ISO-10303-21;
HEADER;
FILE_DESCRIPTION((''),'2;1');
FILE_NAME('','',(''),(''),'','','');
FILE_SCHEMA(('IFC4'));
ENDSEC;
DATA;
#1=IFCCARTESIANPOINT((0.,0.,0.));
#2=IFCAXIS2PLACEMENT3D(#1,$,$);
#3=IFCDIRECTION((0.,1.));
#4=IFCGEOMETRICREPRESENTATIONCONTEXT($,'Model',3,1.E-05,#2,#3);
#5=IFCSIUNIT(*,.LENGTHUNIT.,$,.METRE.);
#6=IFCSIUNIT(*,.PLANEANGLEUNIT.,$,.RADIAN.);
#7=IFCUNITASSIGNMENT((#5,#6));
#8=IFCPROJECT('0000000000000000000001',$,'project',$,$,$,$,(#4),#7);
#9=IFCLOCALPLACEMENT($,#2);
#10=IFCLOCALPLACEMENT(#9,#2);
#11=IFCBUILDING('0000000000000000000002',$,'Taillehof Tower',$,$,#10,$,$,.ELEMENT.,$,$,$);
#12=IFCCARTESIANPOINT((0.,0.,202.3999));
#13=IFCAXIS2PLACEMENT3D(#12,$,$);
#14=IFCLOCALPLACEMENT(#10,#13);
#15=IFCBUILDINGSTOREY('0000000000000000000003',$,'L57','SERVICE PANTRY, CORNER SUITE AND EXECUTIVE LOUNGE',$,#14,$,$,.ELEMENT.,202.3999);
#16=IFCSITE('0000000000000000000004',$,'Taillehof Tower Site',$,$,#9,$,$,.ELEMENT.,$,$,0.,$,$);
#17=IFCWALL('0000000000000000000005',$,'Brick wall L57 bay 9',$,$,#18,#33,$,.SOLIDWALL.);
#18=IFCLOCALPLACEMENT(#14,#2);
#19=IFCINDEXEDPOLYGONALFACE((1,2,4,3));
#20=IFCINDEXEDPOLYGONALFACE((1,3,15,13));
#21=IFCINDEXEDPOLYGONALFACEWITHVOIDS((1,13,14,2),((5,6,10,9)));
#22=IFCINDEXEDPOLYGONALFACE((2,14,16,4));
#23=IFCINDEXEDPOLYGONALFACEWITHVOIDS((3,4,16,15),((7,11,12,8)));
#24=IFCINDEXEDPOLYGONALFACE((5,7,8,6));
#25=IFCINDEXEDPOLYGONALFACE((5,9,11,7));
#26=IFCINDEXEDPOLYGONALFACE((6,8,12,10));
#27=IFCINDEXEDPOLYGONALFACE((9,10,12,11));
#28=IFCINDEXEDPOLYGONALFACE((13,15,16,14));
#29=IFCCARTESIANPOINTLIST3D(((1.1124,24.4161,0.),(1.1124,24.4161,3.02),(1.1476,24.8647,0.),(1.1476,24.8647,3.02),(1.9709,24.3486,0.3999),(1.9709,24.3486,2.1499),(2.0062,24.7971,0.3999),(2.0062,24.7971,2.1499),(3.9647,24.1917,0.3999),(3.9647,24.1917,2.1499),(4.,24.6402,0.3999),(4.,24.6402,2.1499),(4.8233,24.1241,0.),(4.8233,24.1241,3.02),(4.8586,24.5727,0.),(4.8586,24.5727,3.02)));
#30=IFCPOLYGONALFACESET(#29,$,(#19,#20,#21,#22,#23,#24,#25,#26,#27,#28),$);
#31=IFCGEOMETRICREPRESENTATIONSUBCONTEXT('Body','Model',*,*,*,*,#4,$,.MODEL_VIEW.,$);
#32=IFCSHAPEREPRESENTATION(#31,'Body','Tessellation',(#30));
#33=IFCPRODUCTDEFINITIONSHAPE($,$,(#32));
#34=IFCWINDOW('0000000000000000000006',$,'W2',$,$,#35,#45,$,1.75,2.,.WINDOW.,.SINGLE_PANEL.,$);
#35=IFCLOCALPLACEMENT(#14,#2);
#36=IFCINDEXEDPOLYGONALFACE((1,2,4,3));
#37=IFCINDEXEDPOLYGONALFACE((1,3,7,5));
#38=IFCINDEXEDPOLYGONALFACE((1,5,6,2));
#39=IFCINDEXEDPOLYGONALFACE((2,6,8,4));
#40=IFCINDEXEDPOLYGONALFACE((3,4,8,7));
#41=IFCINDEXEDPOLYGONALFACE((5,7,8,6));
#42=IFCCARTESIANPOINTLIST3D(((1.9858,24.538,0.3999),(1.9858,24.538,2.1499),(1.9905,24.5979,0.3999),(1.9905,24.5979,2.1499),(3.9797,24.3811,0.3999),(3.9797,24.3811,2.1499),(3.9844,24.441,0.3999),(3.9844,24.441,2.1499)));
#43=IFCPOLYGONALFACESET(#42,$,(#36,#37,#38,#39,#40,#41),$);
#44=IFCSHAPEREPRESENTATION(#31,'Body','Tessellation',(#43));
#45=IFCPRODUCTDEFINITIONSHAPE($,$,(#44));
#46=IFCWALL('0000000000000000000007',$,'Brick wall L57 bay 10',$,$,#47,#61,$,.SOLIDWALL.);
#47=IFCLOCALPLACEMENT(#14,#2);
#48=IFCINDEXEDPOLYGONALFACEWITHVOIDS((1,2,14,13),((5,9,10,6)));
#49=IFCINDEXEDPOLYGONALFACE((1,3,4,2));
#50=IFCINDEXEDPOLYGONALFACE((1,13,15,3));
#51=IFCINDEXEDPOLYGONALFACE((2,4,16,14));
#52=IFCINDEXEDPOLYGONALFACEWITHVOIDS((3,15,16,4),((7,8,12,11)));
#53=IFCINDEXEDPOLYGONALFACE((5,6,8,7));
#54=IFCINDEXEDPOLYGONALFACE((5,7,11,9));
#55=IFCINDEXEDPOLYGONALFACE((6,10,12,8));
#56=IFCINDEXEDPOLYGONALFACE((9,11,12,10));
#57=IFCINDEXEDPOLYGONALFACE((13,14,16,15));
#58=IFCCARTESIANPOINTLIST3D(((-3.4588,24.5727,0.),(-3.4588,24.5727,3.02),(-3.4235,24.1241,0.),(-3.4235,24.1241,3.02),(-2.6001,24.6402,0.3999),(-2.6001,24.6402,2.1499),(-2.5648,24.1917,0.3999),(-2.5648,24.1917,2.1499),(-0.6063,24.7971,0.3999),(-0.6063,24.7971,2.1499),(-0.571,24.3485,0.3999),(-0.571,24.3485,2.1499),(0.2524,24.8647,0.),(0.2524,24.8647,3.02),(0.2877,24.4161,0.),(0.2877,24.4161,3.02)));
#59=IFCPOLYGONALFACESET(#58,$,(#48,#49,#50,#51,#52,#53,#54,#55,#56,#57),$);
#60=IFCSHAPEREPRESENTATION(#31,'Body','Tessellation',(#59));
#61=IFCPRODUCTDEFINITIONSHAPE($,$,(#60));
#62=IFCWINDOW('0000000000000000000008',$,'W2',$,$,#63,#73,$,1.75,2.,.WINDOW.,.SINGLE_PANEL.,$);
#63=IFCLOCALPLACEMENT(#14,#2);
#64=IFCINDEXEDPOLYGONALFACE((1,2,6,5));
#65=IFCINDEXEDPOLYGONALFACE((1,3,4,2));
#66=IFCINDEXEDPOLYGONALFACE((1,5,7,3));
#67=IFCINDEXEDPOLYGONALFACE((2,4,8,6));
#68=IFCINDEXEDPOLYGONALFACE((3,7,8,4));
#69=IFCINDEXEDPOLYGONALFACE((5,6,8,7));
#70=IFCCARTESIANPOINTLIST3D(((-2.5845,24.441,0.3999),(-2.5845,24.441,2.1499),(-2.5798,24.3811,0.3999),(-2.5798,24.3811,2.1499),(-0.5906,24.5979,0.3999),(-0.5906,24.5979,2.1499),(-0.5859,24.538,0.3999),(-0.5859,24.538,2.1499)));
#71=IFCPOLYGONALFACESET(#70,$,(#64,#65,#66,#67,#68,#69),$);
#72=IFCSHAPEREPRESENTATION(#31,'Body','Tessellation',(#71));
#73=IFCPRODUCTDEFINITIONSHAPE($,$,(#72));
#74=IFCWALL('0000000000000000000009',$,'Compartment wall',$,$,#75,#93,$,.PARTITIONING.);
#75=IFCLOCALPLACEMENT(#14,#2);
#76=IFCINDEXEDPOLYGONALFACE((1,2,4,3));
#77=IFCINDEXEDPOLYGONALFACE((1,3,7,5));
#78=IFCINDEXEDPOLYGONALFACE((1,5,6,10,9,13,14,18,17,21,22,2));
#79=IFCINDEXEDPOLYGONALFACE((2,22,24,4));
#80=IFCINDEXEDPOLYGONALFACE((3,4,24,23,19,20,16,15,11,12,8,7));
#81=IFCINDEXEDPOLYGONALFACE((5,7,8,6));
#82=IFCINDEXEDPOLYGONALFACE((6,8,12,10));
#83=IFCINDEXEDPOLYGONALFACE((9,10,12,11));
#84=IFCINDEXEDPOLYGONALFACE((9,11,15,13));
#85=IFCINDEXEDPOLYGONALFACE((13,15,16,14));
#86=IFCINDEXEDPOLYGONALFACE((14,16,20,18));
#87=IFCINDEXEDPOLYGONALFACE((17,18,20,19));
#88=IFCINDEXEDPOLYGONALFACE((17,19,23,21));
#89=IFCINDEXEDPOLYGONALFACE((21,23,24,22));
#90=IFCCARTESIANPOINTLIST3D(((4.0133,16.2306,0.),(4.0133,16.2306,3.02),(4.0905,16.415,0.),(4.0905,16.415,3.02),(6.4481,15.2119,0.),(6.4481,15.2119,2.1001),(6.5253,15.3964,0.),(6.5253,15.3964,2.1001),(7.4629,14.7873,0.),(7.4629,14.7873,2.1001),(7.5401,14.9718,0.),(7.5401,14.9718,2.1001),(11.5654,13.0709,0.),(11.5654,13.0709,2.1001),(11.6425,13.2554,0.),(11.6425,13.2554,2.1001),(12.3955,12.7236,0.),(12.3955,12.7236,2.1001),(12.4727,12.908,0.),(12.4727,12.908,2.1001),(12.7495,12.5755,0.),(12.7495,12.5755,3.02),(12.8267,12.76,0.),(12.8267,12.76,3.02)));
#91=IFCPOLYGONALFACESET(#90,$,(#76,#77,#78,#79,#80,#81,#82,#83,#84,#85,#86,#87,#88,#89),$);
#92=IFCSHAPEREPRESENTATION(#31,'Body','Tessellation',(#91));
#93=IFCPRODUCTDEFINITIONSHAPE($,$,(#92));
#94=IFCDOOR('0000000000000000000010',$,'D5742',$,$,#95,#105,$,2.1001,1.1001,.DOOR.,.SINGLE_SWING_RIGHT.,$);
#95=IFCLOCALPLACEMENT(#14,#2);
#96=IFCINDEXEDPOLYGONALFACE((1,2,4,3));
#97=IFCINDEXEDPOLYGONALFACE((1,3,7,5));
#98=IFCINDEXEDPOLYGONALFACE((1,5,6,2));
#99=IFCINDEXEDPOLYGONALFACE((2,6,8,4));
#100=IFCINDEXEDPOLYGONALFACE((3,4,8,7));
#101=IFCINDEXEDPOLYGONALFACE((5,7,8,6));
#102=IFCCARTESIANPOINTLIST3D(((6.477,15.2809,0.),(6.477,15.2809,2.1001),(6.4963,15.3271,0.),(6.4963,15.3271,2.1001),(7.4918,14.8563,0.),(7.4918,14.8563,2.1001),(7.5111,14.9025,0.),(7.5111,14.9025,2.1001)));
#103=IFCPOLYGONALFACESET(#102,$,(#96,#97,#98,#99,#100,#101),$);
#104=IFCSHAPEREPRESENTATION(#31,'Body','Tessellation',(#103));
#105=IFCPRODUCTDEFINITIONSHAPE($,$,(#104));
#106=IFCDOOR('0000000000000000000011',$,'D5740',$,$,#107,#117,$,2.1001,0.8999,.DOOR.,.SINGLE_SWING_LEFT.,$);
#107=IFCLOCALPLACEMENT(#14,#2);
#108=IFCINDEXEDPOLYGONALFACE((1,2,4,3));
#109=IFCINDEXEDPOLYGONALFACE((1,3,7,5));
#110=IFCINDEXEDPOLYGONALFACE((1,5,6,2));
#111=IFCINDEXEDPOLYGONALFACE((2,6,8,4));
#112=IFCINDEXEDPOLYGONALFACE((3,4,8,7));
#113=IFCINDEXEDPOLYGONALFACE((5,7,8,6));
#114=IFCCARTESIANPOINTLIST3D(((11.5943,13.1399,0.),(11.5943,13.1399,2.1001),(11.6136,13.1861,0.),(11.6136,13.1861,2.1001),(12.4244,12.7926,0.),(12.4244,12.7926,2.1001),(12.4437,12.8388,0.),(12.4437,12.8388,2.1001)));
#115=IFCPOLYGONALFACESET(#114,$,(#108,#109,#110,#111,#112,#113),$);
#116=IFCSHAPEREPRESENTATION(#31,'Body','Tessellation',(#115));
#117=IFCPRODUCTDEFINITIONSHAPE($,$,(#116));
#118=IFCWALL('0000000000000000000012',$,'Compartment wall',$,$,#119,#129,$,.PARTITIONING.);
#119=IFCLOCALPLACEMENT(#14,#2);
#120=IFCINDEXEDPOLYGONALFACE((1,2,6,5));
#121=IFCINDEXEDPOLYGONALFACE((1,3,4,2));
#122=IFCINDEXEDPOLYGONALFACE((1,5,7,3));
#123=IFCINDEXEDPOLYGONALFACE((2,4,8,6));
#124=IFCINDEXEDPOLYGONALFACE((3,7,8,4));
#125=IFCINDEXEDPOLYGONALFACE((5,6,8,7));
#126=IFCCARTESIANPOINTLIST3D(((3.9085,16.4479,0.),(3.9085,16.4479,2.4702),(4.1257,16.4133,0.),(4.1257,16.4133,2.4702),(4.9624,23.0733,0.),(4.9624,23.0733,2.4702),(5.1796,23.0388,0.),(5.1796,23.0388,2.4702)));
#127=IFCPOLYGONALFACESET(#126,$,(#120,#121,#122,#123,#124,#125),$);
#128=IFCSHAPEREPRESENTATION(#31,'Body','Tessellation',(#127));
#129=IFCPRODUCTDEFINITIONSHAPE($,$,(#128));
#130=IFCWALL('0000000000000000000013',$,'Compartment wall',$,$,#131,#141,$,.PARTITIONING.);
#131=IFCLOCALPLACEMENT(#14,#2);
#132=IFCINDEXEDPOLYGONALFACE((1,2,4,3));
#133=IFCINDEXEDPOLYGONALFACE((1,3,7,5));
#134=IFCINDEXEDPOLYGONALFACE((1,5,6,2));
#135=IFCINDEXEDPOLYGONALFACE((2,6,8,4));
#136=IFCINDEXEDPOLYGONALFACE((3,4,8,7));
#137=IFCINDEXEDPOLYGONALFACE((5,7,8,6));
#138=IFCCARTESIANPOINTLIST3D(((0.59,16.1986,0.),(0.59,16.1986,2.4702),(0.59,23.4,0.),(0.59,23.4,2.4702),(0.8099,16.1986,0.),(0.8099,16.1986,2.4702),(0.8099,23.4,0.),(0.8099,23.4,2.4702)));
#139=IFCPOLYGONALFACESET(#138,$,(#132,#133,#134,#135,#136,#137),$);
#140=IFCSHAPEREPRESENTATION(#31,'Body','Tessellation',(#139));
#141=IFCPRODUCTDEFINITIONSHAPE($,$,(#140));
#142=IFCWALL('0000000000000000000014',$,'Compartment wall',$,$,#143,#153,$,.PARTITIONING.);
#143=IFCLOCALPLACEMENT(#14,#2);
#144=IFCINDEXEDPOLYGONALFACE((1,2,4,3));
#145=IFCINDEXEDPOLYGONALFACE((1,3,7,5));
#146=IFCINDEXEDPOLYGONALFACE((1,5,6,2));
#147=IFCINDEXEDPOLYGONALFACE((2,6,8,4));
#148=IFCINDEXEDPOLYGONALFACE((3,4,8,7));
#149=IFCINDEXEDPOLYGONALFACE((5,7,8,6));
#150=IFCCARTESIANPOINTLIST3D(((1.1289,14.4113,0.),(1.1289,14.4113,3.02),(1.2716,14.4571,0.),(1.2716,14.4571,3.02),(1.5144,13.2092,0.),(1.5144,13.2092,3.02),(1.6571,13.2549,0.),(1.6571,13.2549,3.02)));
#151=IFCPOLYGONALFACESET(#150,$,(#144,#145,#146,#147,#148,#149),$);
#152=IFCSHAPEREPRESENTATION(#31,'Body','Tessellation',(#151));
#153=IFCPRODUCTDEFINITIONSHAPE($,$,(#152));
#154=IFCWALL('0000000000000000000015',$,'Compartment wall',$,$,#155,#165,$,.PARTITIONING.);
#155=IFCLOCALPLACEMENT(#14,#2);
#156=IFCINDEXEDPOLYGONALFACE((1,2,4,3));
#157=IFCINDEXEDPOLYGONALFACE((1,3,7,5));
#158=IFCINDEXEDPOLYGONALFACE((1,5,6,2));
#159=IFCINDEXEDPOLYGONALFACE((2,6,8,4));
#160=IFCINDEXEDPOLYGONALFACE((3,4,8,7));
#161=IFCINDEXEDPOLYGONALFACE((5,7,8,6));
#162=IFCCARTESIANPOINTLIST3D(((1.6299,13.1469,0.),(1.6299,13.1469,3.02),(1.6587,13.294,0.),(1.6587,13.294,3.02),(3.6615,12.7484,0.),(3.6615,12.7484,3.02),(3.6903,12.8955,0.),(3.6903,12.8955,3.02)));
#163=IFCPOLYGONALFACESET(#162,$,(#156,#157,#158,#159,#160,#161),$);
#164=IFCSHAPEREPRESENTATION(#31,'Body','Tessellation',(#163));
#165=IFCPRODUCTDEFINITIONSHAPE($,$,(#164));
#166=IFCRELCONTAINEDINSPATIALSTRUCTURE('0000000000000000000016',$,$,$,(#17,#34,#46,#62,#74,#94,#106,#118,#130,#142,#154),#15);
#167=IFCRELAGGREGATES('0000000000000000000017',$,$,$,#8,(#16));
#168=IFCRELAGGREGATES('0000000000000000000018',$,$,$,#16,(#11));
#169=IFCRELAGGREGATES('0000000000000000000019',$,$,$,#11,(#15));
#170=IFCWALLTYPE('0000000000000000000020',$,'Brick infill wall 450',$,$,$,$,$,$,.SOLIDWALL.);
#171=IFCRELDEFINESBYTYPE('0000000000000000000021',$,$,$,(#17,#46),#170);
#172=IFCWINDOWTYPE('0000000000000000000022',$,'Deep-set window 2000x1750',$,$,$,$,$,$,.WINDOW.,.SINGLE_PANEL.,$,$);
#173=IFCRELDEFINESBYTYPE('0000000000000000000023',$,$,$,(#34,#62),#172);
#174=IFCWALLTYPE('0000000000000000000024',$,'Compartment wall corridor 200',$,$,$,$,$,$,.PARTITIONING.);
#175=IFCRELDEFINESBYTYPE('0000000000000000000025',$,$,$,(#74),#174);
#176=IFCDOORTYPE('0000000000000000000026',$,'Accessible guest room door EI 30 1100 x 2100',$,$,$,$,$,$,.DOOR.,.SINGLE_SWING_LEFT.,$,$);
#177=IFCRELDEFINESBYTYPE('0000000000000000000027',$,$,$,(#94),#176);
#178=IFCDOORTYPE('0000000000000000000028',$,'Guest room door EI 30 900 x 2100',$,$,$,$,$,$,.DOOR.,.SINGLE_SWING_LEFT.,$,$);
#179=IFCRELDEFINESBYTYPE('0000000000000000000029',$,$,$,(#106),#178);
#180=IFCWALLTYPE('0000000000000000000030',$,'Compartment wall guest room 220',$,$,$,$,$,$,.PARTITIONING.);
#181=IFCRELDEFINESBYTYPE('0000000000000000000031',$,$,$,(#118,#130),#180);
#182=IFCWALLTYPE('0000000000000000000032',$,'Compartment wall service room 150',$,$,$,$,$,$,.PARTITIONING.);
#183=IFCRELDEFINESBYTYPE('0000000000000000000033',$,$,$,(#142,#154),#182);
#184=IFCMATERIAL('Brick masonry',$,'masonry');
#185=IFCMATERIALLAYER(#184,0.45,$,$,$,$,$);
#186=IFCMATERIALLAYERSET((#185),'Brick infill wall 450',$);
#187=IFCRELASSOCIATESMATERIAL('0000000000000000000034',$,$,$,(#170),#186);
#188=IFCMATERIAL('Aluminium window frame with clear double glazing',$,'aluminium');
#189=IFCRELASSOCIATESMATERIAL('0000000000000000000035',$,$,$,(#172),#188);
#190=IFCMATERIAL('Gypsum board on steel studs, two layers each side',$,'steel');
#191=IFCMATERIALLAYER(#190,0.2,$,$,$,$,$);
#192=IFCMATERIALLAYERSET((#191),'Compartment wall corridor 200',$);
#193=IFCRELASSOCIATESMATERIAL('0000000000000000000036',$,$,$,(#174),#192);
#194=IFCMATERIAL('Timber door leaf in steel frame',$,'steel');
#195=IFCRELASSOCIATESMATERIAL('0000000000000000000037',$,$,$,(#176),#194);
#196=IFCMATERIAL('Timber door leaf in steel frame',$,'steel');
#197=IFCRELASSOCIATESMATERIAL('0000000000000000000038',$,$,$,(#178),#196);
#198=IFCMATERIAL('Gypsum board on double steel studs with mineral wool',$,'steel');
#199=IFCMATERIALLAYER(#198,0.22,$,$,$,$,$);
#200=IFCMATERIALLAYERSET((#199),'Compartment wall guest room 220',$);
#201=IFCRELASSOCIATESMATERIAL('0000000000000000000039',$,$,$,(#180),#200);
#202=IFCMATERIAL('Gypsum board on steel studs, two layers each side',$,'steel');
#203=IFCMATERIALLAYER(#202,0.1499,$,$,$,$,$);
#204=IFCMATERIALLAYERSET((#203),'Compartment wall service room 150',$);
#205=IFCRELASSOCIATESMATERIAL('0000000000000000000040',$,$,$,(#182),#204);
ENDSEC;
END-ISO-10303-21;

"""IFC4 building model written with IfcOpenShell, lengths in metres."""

from ifc_helpers import new_model, si_unit, direction, frame, frame_2d, origin, place, context, subcontext, project, spatial, rectangle, extrude, material, layer, layer_set, type_object, element, fill, save


model = new_model("IFC4")

# Units and contexts
model_context = context("Model", 3, precision=1e-05, world=origin(), true_north=direction((0.0, 1.0)))
body_context = subcontext(model_context, "Body", "Model", "MODEL_VIEW")
ifc_project = project(units=[si_unit("LENGTHUNIT", "METRE"), si_unit("PLANEANGLEUNIT", "RADIAN")], contexts=[model_context])

# Site, building, storey
site_placement = place(None, origin())
site = spatial("IfcSite", under=ifc_project, at=site_placement, Name="Taillehof Tower Site", CompositionType="ELEMENT", RefElevation=0.0)
building_placement = place(site_placement, origin())
building = spatial("IfcBuilding", under=site, at=building_placement, Name="Taillehof Tower", CompositionType="ELEMENT")
storey_placement = place(building_placement, frame((0.0, 0.0, 202.3999)))
storey = spatial("IfcBuildingStorey", under=building, at=storey_placement, Name="L57", Description="SERVICE PANTRY, CORNER SUITE AND EXECUTIVE LOUNGE", CompositionType="ELEMENT", Elevation=202.3999)

# Walls, openings, windows
ifc_material_1 = material(Name="Brick masonry", Category="masonry")
ifc_layer_1 = layer(ifc_material_1, 0.45)
ifc_layer_set_1 = layer_set([ifc_layer_1], Name="Brick infill wall 450")
wall_type_1 = type_object("IfcWallType", Name="Brick infill wall 450", PredefinedType="SOLIDWALL", material=ifc_layer_set_1)
ifc_material_2 = material(Name="Aluminium window frame with clear double glazing", Category="aluminium")
window_type = type_object("IfcWindowType", Name="Deep-set window 2000x1750", PartitioningType="SINGLE_PANEL", PredefinedType="WINDOW", material=ifc_material_2)
wall_1_placement = place(storey_placement, frame((4.8411, 24.3484, 0.0), z_axis=(0.0, 0.0, 1.0), x_axis=(-0.996919, 0.078442, 0.0)))
wall_1 = element("IfcWall", 1, at=wall_1_placement, inside=storey, type_object=wall_type_1, Name="Brick wall L57 bay 9", PredefinedType="SOLIDWALL", context=body_context, shape_type="SweptSolid", body=[
    extrude(rectangle(XDim=3.7224, YDim=0.45, at=frame_2d((1.8613, 0.0))), origin(), (0.0, 0.0, 1.0), 3.02),
])
opening_1_placement = place(wall_1_placement, frame((0.8613, 0.0, 0.3999)))
opening_1 = element("IfcOpeningElement", 2, at=opening_1_placement, cuts=wall_1, PredefinedType="OPENING", context=body_context, shape_type="SweptSolid", body=[
    extrude(rectangle(XDim=2.0, YDim=1.75, at=frame_2d((1.0, 0.875))), frame((0.0, 0.2349, 0.0), z_axis=(0.0, -1.0, 0.0), x_axis=(1.0, 0.0, 0.0)), (0.0, 0.0, 1.0), 0.47),
])
window_1_placement = place(opening_1_placement, origin())
window_1 = element("IfcWindow", 3, at=window_1_placement, inside=storey, type_object=window_type, Name="W2", OverallHeight=1.75, OverallWidth=2.0, PartitioningType="SINGLE_PANEL", PredefinedType="WINDOW", context=body_context, shape_type="SweptSolid", body=[
    extrude(rectangle(XDim=2.0, YDim=1.75, at=frame_2d((1.0, 0.875))), frame((0.0, 0.0349, 0.0), z_axis=(0.0, -1.0, 0.0), x_axis=(1.0, 0.0, 0.0)), (0.0, 0.0, 1.0), 0.0601),
])
fill(opening_1, window_1)
wall_2_placement = place(storey_placement, frame((0.27, 24.6404, 0.0), z_axis=(0.0, 0.0, 1.0), x_axis=(-0.996919, -0.078437, 0.0)))
wall_2 = element("IfcWall", 4, at=wall_2_placement, inside=storey, type_object=wall_type_1, Name="Brick wall L57 bay 10", PredefinedType="SOLIDWALL", context=body_context, shape_type="SweptSolid", body=[
    extrude(rectangle(XDim=3.7227, YDim=0.45, at=frame_2d((1.8613, 0.0))), origin(), (0.0, 0.0, 1.0), 3.02),
])
opening_2_placement = place(wall_2_placement, frame((0.8613, 0.0, 0.3999)))
opening_2 = element("IfcOpeningElement", 5, at=opening_2_placement, cuts=wall_2, PredefinedType="OPENING", context=body_context, shape_type="SweptSolid", body=[
    extrude(rectangle(XDim=2.0, YDim=1.75, at=frame_2d((1.0, 0.875))), frame((0.0, 0.2349, 0.0), z_axis=(0.0, -1.0, 0.0), x_axis=(1.0, 0.0, 0.0)), (0.0, 0.0, 1.0), 0.47),
])
window_2_placement = place(opening_2_placement, origin())
window_2 = element("IfcWindow", 6, at=window_2_placement, inside=storey, type_object=window_type, Name="W2", OverallHeight=1.75, OverallWidth=2.0, PartitioningType="SINGLE_PANEL", PredefinedType="WINDOW", context=body_context, shape_type="SweptSolid", body=[
    extrude(rectangle(XDim=2.0, YDim=1.75, at=frame_2d((1.0, 0.875))), frame((0.0, 0.0349, 0.0), z_axis=(0.0, -1.0, 0.0), x_axis=(1.0, 0.0, 0.0)), (0.0, 0.0, 1.0), 0.0601),
])
fill(opening_2, window_2)

# Wall, openings, doors
ifc_material_3 = material(Name="Gypsum board on steel studs, two layers each side", Category="steel")
ifc_layer_2 = layer(ifc_material_3, 0.2)
ifc_layer_set_2 = layer_set([ifc_layer_2], Name="Compartment wall corridor 200")
wall_type_2 = type_object("IfcWallType", Name="Compartment wall corridor 200", PredefinedType="PARTITIONING", material=ifc_layer_set_2)
wall_3_placement = place(storey_placement, frame((4.052, 16.3228, 0.0), z_axis=(0.0, 0.0, 1.0), x_axis=(0.922514, -0.385964, 0.0)))
wall_3 = element("IfcWall", 7, at=wall_3_placement, inside=storey, type_object=wall_type_2, Name="Compartment wall", PredefinedType="PARTITIONING", context=body_context, shape_type="SweptSolid", body=[
    extrude(rectangle(XDim=9.47, YDim=0.2, at=frame_2d((4.7349, 0.0))), origin(), (0.0, 0.0, 1.0), 3.02),
])
opening_3_placement = place(wall_3_placement, frame((8.1863, 0.0, 0.0)))
opening_3 = element("IfcOpeningElement", 8, at=opening_3_placement, cuts=wall_3, PredefinedType="OPENING", context=body_context, shape_type="SweptSolid", body=[
    extrude(rectangle(XDim=0.8999, YDim=2.1001, at=frame_2d((0.45, 1.05))), frame((0.0, 0.1099, 0.0), z_axis=(0.0, -1.0, 0.0), x_axis=(1.0, 0.0, 0.0)), (0.0, 0.0, 1.0), 0.22),
])
opening_4_placement = place(wall_3_placement, frame((2.6392, 0.0, 0.0)))
opening_4 = element("IfcOpeningElement", 9, at=opening_4_placement, cuts=wall_3, PredefinedType="OPENING", context=body_context, shape_type="SweptSolid", body=[
    extrude(rectangle(XDim=1.1001, YDim=2.1001, at=frame_2d((0.55, 1.05))), frame((0.0, 0.1099, 0.0), z_axis=(0.0, -1.0, 0.0), x_axis=(1.0, 0.0, 0.0)), (0.0, 0.0, 1.0), 0.22),
])
ifc_material_4 = material(Name="Timber door leaf in steel frame", Category="steel")
door_type_1 = type_object("IfcDoorType", Name="Accessible guest room door EI 30 1100 x 2100", OperationType="SINGLE_SWING_LEFT", PredefinedType="DOOR", material=ifc_material_4)
door_1_placement = place(opening_4_placement, origin())
door_1 = element("IfcDoor", 10, at=door_1_placement, inside=storey, type_object=door_type_1, Name="D5742", OperationType="SINGLE_SWING_RIGHT", OverallHeight=2.1001, OverallWidth=1.1001, PredefinedType="DOOR", context=body_context, shape_type="SweptSolid", body=[
    extrude(rectangle(XDim=1.1001, YDim=2.1001, at=frame_2d((0.55, 1.05))), frame((0.0, 0.0249, 0.0), z_axis=(0.0, -1.0, 0.0), x_axis=(1.0, 0.0, 0.0)), (0.0, 0.0, 1.0), 0.05),
])
fill(opening_4, door_1)
ifc_material_5 = material(Name="Timber door leaf in steel frame", Category="steel")
door_type_2 = type_object("IfcDoorType", Name="Guest room door EI 30 900 x 2100", OperationType="SINGLE_SWING_LEFT", PredefinedType="DOOR", material=ifc_material_5)
door_2_placement = place(opening_3_placement, origin())
door_2 = element("IfcDoor", 11, at=door_2_placement, inside=storey, type_object=door_type_2, Name="D5740", OperationType="SINGLE_SWING_LEFT", OverallHeight=2.1001, OverallWidth=0.8999, PredefinedType="DOOR", context=body_context, shape_type="SweptSolid", body=[
    extrude(rectangle(XDim=0.8999, YDim=2.1001, at=frame_2d((0.45, 1.05))), frame((0.0, 0.0249, 0.0), z_axis=(0.0, -1.0, 0.0), x_axis=(1.0, 0.0, 0.0)), (0.0, 0.0, 1.0), 0.05),
])
fill(opening_3, door_2)

# Walls
ifc_material_6 = material(Name="Gypsum board on double steel studs with mineral wool", Category="steel")
ifc_layer_3 = layer(ifc_material_6, 0.22)
ifc_layer_set_3 = layer_set([ifc_layer_3], Name="Compartment wall guest room 220")
wall_type_3 = type_object("IfcWallType", Name="Compartment wall guest room 220", PredefinedType="PARTITIONING", material=ifc_layer_set_3)
wall_4_placement = place(storey_placement, frame((5.071, 23.0562, 0.0), z_axis=(0.0, 0.0, 1.0), x_axis=(-0.157101, -0.987583, 0.0)))
element("IfcWall", 12, at=wall_4_placement, inside=storey, type_object=wall_type_3, Name="Compartment wall", PredefinedType="PARTITIONING", context=body_context, shape_type="SweptSolid", body=[
    extrude(rectangle(XDim=6.7087, YDim=0.22, at=frame_2d((3.3545, 0.0))), origin(), (0.0, 0.0, 1.0), 2.4702),
])
wall_5_placement = place(storey_placement, frame((0.7, 23.3999, 0.0), z_axis=(0.0, 0.0, 1.0), x_axis=(0.0, -1.0, 0.0)))
element("IfcWall", 13, at=wall_5_placement, inside=storey, type_object=wall_type_3, Name="Compartment wall", PredefinedType="PARTITIONING", context=body_context, shape_type="SweptSolid", body=[
    extrude(rectangle(XDim=7.2014, YDim=0.22, at=frame_2d((3.6006, 0.0))), origin(), (0.0, 0.0, 1.0), 2.4702),
])
ifc_material_7 = material(Name="Gypsum board on steel studs, two layers each side", Category="steel")
ifc_layer_4 = layer(ifc_material_7, 0.1499)
ifc_layer_set_4 = layer_set([ifc_layer_4], Name="Compartment wall service room 150")
wall_type_4 = type_object("IfcWallType", Name="Compartment wall service room 150", PredefinedType="PARTITIONING", material=ifc_layer_set_4)
wall_6_placement = place(storey_placement, frame((1.2002, 14.4343, 0.0), z_axis=(0.0, 0.0, 1.0), x_axis=(0.305358, -0.952238, 0.0)))
element("IfcWall", 14, at=wall_6_placement, inside=storey, type_object=wall_type_4, Name="Compartment wall", PredefinedType="PARTITIONING", context=body_context, shape_type="SweptSolid", body=[
    extrude(rectangle(XDim=1.2625, YDim=0.1499, at=frame_2d((0.6313, 0.0))), origin(), (0.0, 0.0, 1.0), 3.02),
])
wall_7_placement = place(storey_placement, frame((1.6443, 13.2205, 0.0), z_axis=(0.0, 0.0, 1.0), x_axis=(0.981304, -0.192463, 0.0)))
element("IfcWall", 15, at=wall_7_placement, inside=storey, type_object=wall_type_4, Name="Compartment wall", PredefinedType="PARTITIONING", context=body_context, shape_type="SweptSolid", body=[
    extrude(rectangle(XDim=2.0703, YDim=0.1499, at=frame_2d((1.0352, 0.0))), origin(), (0.0, 0.0, 1.0), 3.02),
])

save(model, "model.ifc")
